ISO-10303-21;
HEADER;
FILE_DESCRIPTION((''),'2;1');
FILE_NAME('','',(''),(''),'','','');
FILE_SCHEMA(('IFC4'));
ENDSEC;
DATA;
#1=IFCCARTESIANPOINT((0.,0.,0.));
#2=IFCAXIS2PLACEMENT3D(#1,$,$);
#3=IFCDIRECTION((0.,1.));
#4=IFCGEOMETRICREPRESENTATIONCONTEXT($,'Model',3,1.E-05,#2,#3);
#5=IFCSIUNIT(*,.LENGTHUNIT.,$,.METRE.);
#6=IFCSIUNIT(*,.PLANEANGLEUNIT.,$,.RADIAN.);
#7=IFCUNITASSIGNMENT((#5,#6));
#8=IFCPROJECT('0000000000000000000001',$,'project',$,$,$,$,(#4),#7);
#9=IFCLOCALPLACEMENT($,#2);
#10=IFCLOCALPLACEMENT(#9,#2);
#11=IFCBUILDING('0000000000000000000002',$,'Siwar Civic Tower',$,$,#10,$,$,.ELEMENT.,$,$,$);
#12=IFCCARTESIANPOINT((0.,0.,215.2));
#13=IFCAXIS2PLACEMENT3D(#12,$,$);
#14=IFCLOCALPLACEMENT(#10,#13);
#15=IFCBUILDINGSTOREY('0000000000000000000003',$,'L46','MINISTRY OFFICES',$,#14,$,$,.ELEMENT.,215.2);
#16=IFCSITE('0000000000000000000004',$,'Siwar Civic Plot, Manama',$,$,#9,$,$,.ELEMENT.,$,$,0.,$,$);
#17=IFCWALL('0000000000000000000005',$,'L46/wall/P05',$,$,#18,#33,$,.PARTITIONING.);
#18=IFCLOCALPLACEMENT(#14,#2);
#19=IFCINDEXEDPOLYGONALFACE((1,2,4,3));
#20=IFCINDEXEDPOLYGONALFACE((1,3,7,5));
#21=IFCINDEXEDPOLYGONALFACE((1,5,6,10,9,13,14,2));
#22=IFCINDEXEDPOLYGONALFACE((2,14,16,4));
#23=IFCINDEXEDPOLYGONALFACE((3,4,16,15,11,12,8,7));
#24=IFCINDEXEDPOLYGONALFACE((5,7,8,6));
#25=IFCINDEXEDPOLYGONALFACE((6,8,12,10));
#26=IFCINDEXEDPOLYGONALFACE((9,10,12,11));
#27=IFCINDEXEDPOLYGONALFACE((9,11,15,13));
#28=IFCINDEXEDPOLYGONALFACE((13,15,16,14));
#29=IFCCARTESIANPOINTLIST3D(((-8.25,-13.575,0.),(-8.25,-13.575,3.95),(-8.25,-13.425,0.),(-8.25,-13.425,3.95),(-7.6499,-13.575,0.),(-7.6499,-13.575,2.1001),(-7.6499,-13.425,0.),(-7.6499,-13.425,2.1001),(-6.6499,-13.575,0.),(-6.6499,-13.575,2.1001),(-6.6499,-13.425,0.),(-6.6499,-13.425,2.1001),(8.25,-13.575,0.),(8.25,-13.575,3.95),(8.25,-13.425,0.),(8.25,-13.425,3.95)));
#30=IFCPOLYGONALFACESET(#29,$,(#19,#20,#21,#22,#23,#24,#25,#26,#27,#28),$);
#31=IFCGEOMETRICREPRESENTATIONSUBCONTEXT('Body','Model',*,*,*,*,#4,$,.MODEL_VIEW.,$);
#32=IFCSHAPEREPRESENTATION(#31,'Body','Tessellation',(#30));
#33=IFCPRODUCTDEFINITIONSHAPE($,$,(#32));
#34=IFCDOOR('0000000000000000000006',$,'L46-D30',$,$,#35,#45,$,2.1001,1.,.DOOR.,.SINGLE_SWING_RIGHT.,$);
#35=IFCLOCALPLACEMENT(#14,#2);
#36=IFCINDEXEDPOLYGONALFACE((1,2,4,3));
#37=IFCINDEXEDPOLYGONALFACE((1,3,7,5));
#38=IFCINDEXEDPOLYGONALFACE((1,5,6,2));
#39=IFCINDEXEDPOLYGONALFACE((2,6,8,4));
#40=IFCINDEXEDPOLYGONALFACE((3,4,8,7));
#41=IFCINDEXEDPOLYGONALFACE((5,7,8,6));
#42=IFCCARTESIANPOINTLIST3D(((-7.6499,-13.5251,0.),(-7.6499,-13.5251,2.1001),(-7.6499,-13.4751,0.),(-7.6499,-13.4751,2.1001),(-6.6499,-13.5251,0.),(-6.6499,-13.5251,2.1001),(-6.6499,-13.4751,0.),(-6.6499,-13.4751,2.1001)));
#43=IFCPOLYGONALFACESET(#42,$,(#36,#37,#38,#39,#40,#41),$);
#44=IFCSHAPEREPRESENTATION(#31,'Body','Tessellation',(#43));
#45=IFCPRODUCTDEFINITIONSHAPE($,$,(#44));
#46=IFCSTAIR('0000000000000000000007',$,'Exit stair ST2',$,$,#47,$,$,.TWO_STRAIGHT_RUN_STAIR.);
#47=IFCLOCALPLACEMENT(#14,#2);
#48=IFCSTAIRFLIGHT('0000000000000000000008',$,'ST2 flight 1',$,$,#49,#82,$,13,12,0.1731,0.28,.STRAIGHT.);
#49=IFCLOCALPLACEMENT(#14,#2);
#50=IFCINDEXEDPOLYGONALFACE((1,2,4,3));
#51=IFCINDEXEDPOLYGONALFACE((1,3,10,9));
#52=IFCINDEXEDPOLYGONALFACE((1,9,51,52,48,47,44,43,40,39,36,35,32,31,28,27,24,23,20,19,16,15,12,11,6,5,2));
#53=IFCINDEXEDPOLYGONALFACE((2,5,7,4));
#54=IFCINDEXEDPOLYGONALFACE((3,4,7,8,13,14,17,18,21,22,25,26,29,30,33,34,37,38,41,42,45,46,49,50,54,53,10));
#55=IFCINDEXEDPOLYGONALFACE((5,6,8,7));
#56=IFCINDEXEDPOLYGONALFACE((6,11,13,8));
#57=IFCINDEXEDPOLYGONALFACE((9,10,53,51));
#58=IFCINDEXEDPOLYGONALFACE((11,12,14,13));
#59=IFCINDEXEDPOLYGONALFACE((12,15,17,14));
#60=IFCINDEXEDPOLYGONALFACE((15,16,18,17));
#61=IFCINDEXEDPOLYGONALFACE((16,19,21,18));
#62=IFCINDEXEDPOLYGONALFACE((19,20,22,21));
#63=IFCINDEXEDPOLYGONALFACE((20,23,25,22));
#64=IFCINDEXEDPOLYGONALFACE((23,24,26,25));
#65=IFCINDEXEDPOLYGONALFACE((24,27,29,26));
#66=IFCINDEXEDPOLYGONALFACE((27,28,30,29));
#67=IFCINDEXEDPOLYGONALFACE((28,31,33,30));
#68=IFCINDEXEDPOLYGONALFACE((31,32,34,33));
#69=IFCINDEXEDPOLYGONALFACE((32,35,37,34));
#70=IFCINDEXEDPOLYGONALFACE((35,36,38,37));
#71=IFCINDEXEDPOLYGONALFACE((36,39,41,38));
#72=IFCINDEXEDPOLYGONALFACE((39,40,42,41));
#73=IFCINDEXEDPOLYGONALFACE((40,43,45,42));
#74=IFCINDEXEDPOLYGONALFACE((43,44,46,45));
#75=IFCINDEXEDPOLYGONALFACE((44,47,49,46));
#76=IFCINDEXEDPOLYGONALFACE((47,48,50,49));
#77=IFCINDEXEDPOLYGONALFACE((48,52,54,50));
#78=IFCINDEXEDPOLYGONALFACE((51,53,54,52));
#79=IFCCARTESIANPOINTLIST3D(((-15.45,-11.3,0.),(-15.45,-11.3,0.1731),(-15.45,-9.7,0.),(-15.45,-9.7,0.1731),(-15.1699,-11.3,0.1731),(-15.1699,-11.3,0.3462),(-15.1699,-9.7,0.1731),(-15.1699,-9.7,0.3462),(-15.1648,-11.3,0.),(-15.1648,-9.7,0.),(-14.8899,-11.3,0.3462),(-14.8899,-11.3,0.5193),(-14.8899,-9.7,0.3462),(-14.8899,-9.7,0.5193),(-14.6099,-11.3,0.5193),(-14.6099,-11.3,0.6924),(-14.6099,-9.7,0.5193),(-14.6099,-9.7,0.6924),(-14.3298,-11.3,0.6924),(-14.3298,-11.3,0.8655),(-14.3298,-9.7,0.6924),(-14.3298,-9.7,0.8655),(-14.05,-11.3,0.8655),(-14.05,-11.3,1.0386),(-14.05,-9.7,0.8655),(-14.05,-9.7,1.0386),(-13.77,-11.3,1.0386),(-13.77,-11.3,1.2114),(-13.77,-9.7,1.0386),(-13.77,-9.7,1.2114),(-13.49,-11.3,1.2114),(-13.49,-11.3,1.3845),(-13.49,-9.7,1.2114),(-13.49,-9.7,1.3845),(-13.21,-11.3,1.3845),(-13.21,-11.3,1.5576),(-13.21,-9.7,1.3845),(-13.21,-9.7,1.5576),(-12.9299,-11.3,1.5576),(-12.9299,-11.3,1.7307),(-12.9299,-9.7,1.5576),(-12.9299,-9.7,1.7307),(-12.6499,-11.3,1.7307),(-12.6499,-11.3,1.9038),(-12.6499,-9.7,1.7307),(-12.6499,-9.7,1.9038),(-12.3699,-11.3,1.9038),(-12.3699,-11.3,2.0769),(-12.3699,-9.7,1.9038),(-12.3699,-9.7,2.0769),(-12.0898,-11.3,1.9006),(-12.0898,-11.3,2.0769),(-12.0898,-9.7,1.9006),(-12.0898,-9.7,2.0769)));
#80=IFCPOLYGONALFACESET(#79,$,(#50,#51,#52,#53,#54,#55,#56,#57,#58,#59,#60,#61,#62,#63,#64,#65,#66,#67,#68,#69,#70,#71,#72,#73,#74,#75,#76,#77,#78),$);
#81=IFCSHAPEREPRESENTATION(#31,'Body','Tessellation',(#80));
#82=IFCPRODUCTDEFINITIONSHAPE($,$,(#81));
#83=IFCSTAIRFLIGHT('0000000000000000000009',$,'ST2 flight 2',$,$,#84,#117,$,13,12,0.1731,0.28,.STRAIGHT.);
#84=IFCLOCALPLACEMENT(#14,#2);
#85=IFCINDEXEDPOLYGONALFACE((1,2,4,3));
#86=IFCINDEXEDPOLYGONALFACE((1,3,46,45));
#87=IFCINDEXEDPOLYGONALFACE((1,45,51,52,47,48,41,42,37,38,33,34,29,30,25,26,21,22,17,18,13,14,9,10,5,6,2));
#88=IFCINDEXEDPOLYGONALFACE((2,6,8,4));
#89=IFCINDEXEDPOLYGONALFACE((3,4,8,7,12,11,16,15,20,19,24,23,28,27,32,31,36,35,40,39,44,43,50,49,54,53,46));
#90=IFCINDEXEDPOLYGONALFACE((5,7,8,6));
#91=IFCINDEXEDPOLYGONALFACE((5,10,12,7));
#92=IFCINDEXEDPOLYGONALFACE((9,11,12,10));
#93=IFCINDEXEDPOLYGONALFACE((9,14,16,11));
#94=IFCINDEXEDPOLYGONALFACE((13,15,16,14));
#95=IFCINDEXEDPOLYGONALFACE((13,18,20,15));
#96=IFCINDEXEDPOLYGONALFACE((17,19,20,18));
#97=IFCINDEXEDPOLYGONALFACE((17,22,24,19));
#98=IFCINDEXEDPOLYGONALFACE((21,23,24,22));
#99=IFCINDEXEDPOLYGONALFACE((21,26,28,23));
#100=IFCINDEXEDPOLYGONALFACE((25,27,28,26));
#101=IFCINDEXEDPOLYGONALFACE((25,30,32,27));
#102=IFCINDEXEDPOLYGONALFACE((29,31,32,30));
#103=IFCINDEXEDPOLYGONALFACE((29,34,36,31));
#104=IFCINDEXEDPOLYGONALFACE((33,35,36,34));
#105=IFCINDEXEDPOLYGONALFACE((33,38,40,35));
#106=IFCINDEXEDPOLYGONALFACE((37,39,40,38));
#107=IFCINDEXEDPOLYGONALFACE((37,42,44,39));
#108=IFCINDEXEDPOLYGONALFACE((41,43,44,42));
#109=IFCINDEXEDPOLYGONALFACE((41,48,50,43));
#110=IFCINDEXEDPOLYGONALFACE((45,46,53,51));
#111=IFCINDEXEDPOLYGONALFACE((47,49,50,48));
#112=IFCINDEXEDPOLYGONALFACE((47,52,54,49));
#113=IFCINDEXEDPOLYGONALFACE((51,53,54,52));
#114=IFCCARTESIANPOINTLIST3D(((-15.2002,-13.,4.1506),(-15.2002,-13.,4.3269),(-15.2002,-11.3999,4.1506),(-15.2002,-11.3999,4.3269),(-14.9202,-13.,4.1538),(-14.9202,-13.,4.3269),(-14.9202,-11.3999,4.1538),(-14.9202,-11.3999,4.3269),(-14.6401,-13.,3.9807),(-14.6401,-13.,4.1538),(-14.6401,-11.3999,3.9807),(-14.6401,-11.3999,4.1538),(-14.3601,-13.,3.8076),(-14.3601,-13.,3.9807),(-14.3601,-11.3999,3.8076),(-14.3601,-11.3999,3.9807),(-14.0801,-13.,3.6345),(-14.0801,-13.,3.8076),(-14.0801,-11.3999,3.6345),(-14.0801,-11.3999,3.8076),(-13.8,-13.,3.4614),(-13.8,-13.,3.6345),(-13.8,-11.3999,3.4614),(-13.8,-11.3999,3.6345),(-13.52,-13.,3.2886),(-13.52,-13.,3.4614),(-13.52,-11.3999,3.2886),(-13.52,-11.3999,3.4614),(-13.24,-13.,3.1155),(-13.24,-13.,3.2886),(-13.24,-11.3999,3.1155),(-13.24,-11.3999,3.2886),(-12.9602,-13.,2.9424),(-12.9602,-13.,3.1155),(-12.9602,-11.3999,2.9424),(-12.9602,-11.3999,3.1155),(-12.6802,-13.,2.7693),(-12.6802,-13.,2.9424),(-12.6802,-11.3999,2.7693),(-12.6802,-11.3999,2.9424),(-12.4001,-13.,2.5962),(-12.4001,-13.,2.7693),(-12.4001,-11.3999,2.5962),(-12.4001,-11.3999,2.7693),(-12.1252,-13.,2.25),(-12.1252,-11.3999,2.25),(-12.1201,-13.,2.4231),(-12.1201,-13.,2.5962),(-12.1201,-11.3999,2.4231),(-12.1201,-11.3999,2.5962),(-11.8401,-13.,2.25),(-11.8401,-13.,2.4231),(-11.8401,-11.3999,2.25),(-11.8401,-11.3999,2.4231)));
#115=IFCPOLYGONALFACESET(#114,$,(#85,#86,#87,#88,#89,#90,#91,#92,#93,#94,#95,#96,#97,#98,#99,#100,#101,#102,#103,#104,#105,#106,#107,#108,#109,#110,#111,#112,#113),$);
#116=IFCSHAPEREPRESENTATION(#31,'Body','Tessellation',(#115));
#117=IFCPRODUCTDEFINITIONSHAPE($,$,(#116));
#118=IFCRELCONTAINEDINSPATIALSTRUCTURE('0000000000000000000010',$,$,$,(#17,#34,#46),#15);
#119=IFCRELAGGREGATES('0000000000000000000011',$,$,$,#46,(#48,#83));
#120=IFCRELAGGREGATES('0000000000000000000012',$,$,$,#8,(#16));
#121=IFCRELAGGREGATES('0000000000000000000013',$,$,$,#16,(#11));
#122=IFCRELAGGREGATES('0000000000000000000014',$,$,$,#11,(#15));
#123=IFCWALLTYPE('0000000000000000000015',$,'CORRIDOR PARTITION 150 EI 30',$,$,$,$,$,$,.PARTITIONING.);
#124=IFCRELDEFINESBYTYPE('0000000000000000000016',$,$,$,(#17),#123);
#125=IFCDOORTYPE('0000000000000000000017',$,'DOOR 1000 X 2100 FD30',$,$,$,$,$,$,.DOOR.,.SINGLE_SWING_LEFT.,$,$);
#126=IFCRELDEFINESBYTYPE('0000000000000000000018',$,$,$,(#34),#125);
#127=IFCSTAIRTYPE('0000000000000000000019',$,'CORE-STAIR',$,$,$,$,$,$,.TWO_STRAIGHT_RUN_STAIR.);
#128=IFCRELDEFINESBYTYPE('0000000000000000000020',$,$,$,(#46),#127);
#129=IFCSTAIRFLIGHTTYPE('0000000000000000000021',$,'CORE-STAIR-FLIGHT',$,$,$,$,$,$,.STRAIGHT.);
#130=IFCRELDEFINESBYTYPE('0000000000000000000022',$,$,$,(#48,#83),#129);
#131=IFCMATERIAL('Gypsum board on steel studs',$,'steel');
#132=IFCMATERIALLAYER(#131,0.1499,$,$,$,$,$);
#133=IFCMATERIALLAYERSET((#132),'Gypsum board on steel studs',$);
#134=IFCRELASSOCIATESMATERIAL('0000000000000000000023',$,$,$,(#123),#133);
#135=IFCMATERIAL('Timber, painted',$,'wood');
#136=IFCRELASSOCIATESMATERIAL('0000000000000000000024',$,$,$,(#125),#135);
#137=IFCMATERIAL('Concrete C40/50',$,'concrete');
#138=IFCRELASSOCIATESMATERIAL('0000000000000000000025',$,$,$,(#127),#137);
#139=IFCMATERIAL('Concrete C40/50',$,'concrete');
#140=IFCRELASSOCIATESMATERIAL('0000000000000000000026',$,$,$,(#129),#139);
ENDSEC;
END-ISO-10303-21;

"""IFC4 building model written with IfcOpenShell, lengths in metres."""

from ifc_helpers import new_model, si_unit, direction, frame, frame_2d, origin, place, context, subcontext, project, spatial, polyline, rectangle, outline, extrude, material, layer, layer_set, type_object, element, fill, aggregate, save


model = new_model("IFC4")

# Units and contexts
model_context = context("Model", 3, precision=1e-05, world=origin(), true_north=direction((0.0, 1.0)))
body_context = subcontext(model_context, "Body", "Model", "MODEL_VIEW")
ifc_project = project(units=[si_unit("LENGTHUNIT", "METRE"), si_unit("PLANEANGLEUNIT", "RADIAN")], contexts=[model_context])

# Site, building, storey
site_placement = place(None, origin())
site = spatial("IfcSite", under=ifc_project, at=site_placement, Name="Siwar Civic Plot, Manama", CompositionType="ELEMENT", RefElevation=0.0)
building_placement = place(site_placement, origin())
building = spatial("IfcBuilding", under=site, at=building_placement, Name="Siwar Civic Tower", CompositionType="ELEMENT")
storey_placement = place(building_placement, frame((0.0, 0.0, 215.2)))
storey = spatial("IfcBuildingStorey", under=building, at=storey_placement, Name="L46", Description="MINISTRY OFFICES", CompositionType="ELEMENT", Elevation=215.2)

# Wall, opening, door
ifc_material_1 = material(Name="Gypsum board on steel studs", Category="steel")
ifc_layer_1 = layer(ifc_material_1, 0.1499)
ifc_layer_set_1 = layer_set([ifc_layer_1], Name="Gypsum board on steel studs")
wall_type_1 = type_object("IfcWallType", Name="CORRIDOR PARTITION 150 EI 30", PredefinedType="PARTITIONING", material=ifc_layer_set_1)
wall_1_placement = place(storey_placement, frame((-8.25, -13.5, 0.0), z_axis=(0.0, 0.0, 1.0), x_axis=(1.0, 0.0, 0.0)))
wall_1 = element("IfcWall", 1, at=wall_1_placement, inside=storey, type_object=wall_type_1, Name="L46/wall/P05", PredefinedType="PARTITIONING", context=body_context, shape_type="SweptSolid", body=[
    extrude(rectangle(XDim=16.5, YDim=0.1499, at=frame_2d((8.25, 0.0))), origin(), (0.0, 0.0, 1.0), 3.95),
])
opening_1_placement = place(wall_1_placement, frame((0.6001, 0.0, 0.0)))
opening_1 = element("IfcOpeningElement", 2, at=opening_1_placement, cuts=wall_1, PredefinedType="OPENING", context=body_context, shape_type="SweptSolid", body=[
    extrude(rectangle(XDim=1.0, YDim=2.1001, at=frame_2d((0.5, 1.05))), frame((0.0, 0.085, 0.0), z_axis=(0.0, -1.0, 0.0), x_axis=(1.0, 0.0, 0.0)), (0.0, 0.0, 1.0), 0.1699),
])
ifc_material_2 = material(Name="Timber, painted", Category="wood")
door_type_1 = type_object("IfcDoorType", Name="DOOR 1000 X 2100 FD30", OperationType="SINGLE_SWING_LEFT", PredefinedType="DOOR", material=ifc_material_2)
door_1_placement = place(opening_1_placement, origin())
door_1 = element("IfcDoor", 3, at=door_1_placement, inside=storey, type_object=door_type_1, Name="L46-D30", OperationType="SINGLE_SWING_RIGHT", OverallHeight=2.1001, OverallWidth=1.0, PredefinedType="DOOR", context=body_context, shape_type="SweptSolid", body=[
    extrude(rectangle(XDim=1.0, YDim=2.1001, at=frame_2d((0.5, 1.05))), frame((0.0, 0.0249, 0.0), z_axis=(0.0, -1.0, 0.0), x_axis=(1.0, 0.0, 0.0)), (0.0, 0.0, 1.0), 0.05),
])
fill(opening_1, door_1)

# Stair, stair flights
ifc_material_3 = material(Name="Concrete C40/50", Category="concrete")
stair_type = type_object("IfcStairType", Name="CORE-STAIR", PredefinedType="TWO_STRAIGHT_RUN_STAIR", material=ifc_material_3)
stair_placement = place(storey_placement, origin())
stair = element("IfcStair", 4, at=stair_placement, inside=storey, type_object=stair_type, Name="Exit stair ST2", PredefinedType="TWO_STRAIGHT_RUN_STAIR")
ifc_material_4 = material(Name="Concrete C40/50", Category="concrete")
stair_flight_type = type_object("IfcStairFlightType", Name="CORE-STAIR-FLIGHT", PredefinedType="STRAIGHT", material=ifc_material_4)
stair_flight_1_placement = place(storey_placement, frame((-15.45, -10.5, 0.0), z_axis=(0.0, 0.0, 1.0), x_axis=(1.0, 0.0, 0.0)))
stair_flight_1 = element("IfcStairFlight", 5, at=stair_flight_1_placement, type_object=stair_flight_type, Name="ST2 flight 1", NumberOfRisers=13, NumberOfTreads=12, PredefinedType="STRAIGHT", RiserHeight=0.1731, TreadLength=0.28, context=body_context, shape_type="SweptSolid", body=[
    extrude(outline(polyline([(0.0, 0.0), (0.0, 0.1731), (0.28, 0.1731), (0.28, 0.3462), (0.5601, 0.3462), (0.5601, 0.5193), (0.8401, 0.5193), (0.8401, 0.6924), (1.1201, 0.6924), (1.1201, 0.8655), (1.3999, 0.8655), (1.3999, 1.0386), (1.6799, 1.0386), (1.6799, 1.2114), (1.96, 1.2114), (1.96, 1.3845), (2.24, 1.3845), (2.24, 1.5576), (2.52, 1.5576), (2.52, 1.7307), (2.8, 1.7307), (2.8, 1.9038), (3.0801, 1.9038), (3.0801, 2.0769), (3.3601, 2.0769), (3.3601, 2.25), (3.3601, 1.9006), (0.2852, 0.0), (0.0, 0.0)])), frame((0.0, 0.8, 0.0), z_axis=(0.0, -1.0, 0.0), x_axis=(1.0, 0.0, 0.0)), (0.0, 0.0, 1.0), 1.6001),
])
stair_flight_2_placement = place(storey_placement, frame((-11.8401, -12.2, 2.25), z_axis=(0.0, 0.0, 1.0), x_axis=(-1.0, 0.0, 0.0)))
stair_flight_2 = element("IfcStairFlight", 6, at=stair_flight_2_placement, type_object=stair_flight_type, Name="ST2 flight 2", NumberOfRisers=13, NumberOfTreads=12, PredefinedType="STRAIGHT", RiserHeight=0.1731, TreadLength=0.28, context=body_context, shape_type="SweptSolid", body=[
    extrude(outline(polyline([(0.0, 0.0), (0.0, 0.1731), (0.28, 0.1731), (0.28, 0.3462), (0.5601, 0.3462), (0.5601, 0.5193), (0.8401, 0.5193), (0.8401, 0.6924), (1.1201, 0.6924), (1.1201, 0.8655), (1.3999, 0.8655), (1.3999, 1.0386), (1.6799, 1.0386), (1.6799, 1.2114), (1.96, 1.2114), (1.96, 1.3845), (2.24, 1.3845), (2.24, 1.5576), (2.52, 1.5576), (2.52, 1.7307), (2.8, 1.7307), (2.8, 1.9038), (3.0801, 1.9038), (3.0801, 2.0769), (3.3601, 2.0769), (3.3601, 2.25), (3.3601, 1.9006), (0.2852, 0.0), (0.0, 0.0)])), frame((0.0, 0.8, 0.0), z_axis=(0.0, -1.0, 0.0), x_axis=(1.0, 0.0, 0.0)), (0.0, 0.0, 1.0), 1.6001),
])
aggregate(stair, [stair_flight_1, stair_flight_2])

save(model, "model.ifc")
